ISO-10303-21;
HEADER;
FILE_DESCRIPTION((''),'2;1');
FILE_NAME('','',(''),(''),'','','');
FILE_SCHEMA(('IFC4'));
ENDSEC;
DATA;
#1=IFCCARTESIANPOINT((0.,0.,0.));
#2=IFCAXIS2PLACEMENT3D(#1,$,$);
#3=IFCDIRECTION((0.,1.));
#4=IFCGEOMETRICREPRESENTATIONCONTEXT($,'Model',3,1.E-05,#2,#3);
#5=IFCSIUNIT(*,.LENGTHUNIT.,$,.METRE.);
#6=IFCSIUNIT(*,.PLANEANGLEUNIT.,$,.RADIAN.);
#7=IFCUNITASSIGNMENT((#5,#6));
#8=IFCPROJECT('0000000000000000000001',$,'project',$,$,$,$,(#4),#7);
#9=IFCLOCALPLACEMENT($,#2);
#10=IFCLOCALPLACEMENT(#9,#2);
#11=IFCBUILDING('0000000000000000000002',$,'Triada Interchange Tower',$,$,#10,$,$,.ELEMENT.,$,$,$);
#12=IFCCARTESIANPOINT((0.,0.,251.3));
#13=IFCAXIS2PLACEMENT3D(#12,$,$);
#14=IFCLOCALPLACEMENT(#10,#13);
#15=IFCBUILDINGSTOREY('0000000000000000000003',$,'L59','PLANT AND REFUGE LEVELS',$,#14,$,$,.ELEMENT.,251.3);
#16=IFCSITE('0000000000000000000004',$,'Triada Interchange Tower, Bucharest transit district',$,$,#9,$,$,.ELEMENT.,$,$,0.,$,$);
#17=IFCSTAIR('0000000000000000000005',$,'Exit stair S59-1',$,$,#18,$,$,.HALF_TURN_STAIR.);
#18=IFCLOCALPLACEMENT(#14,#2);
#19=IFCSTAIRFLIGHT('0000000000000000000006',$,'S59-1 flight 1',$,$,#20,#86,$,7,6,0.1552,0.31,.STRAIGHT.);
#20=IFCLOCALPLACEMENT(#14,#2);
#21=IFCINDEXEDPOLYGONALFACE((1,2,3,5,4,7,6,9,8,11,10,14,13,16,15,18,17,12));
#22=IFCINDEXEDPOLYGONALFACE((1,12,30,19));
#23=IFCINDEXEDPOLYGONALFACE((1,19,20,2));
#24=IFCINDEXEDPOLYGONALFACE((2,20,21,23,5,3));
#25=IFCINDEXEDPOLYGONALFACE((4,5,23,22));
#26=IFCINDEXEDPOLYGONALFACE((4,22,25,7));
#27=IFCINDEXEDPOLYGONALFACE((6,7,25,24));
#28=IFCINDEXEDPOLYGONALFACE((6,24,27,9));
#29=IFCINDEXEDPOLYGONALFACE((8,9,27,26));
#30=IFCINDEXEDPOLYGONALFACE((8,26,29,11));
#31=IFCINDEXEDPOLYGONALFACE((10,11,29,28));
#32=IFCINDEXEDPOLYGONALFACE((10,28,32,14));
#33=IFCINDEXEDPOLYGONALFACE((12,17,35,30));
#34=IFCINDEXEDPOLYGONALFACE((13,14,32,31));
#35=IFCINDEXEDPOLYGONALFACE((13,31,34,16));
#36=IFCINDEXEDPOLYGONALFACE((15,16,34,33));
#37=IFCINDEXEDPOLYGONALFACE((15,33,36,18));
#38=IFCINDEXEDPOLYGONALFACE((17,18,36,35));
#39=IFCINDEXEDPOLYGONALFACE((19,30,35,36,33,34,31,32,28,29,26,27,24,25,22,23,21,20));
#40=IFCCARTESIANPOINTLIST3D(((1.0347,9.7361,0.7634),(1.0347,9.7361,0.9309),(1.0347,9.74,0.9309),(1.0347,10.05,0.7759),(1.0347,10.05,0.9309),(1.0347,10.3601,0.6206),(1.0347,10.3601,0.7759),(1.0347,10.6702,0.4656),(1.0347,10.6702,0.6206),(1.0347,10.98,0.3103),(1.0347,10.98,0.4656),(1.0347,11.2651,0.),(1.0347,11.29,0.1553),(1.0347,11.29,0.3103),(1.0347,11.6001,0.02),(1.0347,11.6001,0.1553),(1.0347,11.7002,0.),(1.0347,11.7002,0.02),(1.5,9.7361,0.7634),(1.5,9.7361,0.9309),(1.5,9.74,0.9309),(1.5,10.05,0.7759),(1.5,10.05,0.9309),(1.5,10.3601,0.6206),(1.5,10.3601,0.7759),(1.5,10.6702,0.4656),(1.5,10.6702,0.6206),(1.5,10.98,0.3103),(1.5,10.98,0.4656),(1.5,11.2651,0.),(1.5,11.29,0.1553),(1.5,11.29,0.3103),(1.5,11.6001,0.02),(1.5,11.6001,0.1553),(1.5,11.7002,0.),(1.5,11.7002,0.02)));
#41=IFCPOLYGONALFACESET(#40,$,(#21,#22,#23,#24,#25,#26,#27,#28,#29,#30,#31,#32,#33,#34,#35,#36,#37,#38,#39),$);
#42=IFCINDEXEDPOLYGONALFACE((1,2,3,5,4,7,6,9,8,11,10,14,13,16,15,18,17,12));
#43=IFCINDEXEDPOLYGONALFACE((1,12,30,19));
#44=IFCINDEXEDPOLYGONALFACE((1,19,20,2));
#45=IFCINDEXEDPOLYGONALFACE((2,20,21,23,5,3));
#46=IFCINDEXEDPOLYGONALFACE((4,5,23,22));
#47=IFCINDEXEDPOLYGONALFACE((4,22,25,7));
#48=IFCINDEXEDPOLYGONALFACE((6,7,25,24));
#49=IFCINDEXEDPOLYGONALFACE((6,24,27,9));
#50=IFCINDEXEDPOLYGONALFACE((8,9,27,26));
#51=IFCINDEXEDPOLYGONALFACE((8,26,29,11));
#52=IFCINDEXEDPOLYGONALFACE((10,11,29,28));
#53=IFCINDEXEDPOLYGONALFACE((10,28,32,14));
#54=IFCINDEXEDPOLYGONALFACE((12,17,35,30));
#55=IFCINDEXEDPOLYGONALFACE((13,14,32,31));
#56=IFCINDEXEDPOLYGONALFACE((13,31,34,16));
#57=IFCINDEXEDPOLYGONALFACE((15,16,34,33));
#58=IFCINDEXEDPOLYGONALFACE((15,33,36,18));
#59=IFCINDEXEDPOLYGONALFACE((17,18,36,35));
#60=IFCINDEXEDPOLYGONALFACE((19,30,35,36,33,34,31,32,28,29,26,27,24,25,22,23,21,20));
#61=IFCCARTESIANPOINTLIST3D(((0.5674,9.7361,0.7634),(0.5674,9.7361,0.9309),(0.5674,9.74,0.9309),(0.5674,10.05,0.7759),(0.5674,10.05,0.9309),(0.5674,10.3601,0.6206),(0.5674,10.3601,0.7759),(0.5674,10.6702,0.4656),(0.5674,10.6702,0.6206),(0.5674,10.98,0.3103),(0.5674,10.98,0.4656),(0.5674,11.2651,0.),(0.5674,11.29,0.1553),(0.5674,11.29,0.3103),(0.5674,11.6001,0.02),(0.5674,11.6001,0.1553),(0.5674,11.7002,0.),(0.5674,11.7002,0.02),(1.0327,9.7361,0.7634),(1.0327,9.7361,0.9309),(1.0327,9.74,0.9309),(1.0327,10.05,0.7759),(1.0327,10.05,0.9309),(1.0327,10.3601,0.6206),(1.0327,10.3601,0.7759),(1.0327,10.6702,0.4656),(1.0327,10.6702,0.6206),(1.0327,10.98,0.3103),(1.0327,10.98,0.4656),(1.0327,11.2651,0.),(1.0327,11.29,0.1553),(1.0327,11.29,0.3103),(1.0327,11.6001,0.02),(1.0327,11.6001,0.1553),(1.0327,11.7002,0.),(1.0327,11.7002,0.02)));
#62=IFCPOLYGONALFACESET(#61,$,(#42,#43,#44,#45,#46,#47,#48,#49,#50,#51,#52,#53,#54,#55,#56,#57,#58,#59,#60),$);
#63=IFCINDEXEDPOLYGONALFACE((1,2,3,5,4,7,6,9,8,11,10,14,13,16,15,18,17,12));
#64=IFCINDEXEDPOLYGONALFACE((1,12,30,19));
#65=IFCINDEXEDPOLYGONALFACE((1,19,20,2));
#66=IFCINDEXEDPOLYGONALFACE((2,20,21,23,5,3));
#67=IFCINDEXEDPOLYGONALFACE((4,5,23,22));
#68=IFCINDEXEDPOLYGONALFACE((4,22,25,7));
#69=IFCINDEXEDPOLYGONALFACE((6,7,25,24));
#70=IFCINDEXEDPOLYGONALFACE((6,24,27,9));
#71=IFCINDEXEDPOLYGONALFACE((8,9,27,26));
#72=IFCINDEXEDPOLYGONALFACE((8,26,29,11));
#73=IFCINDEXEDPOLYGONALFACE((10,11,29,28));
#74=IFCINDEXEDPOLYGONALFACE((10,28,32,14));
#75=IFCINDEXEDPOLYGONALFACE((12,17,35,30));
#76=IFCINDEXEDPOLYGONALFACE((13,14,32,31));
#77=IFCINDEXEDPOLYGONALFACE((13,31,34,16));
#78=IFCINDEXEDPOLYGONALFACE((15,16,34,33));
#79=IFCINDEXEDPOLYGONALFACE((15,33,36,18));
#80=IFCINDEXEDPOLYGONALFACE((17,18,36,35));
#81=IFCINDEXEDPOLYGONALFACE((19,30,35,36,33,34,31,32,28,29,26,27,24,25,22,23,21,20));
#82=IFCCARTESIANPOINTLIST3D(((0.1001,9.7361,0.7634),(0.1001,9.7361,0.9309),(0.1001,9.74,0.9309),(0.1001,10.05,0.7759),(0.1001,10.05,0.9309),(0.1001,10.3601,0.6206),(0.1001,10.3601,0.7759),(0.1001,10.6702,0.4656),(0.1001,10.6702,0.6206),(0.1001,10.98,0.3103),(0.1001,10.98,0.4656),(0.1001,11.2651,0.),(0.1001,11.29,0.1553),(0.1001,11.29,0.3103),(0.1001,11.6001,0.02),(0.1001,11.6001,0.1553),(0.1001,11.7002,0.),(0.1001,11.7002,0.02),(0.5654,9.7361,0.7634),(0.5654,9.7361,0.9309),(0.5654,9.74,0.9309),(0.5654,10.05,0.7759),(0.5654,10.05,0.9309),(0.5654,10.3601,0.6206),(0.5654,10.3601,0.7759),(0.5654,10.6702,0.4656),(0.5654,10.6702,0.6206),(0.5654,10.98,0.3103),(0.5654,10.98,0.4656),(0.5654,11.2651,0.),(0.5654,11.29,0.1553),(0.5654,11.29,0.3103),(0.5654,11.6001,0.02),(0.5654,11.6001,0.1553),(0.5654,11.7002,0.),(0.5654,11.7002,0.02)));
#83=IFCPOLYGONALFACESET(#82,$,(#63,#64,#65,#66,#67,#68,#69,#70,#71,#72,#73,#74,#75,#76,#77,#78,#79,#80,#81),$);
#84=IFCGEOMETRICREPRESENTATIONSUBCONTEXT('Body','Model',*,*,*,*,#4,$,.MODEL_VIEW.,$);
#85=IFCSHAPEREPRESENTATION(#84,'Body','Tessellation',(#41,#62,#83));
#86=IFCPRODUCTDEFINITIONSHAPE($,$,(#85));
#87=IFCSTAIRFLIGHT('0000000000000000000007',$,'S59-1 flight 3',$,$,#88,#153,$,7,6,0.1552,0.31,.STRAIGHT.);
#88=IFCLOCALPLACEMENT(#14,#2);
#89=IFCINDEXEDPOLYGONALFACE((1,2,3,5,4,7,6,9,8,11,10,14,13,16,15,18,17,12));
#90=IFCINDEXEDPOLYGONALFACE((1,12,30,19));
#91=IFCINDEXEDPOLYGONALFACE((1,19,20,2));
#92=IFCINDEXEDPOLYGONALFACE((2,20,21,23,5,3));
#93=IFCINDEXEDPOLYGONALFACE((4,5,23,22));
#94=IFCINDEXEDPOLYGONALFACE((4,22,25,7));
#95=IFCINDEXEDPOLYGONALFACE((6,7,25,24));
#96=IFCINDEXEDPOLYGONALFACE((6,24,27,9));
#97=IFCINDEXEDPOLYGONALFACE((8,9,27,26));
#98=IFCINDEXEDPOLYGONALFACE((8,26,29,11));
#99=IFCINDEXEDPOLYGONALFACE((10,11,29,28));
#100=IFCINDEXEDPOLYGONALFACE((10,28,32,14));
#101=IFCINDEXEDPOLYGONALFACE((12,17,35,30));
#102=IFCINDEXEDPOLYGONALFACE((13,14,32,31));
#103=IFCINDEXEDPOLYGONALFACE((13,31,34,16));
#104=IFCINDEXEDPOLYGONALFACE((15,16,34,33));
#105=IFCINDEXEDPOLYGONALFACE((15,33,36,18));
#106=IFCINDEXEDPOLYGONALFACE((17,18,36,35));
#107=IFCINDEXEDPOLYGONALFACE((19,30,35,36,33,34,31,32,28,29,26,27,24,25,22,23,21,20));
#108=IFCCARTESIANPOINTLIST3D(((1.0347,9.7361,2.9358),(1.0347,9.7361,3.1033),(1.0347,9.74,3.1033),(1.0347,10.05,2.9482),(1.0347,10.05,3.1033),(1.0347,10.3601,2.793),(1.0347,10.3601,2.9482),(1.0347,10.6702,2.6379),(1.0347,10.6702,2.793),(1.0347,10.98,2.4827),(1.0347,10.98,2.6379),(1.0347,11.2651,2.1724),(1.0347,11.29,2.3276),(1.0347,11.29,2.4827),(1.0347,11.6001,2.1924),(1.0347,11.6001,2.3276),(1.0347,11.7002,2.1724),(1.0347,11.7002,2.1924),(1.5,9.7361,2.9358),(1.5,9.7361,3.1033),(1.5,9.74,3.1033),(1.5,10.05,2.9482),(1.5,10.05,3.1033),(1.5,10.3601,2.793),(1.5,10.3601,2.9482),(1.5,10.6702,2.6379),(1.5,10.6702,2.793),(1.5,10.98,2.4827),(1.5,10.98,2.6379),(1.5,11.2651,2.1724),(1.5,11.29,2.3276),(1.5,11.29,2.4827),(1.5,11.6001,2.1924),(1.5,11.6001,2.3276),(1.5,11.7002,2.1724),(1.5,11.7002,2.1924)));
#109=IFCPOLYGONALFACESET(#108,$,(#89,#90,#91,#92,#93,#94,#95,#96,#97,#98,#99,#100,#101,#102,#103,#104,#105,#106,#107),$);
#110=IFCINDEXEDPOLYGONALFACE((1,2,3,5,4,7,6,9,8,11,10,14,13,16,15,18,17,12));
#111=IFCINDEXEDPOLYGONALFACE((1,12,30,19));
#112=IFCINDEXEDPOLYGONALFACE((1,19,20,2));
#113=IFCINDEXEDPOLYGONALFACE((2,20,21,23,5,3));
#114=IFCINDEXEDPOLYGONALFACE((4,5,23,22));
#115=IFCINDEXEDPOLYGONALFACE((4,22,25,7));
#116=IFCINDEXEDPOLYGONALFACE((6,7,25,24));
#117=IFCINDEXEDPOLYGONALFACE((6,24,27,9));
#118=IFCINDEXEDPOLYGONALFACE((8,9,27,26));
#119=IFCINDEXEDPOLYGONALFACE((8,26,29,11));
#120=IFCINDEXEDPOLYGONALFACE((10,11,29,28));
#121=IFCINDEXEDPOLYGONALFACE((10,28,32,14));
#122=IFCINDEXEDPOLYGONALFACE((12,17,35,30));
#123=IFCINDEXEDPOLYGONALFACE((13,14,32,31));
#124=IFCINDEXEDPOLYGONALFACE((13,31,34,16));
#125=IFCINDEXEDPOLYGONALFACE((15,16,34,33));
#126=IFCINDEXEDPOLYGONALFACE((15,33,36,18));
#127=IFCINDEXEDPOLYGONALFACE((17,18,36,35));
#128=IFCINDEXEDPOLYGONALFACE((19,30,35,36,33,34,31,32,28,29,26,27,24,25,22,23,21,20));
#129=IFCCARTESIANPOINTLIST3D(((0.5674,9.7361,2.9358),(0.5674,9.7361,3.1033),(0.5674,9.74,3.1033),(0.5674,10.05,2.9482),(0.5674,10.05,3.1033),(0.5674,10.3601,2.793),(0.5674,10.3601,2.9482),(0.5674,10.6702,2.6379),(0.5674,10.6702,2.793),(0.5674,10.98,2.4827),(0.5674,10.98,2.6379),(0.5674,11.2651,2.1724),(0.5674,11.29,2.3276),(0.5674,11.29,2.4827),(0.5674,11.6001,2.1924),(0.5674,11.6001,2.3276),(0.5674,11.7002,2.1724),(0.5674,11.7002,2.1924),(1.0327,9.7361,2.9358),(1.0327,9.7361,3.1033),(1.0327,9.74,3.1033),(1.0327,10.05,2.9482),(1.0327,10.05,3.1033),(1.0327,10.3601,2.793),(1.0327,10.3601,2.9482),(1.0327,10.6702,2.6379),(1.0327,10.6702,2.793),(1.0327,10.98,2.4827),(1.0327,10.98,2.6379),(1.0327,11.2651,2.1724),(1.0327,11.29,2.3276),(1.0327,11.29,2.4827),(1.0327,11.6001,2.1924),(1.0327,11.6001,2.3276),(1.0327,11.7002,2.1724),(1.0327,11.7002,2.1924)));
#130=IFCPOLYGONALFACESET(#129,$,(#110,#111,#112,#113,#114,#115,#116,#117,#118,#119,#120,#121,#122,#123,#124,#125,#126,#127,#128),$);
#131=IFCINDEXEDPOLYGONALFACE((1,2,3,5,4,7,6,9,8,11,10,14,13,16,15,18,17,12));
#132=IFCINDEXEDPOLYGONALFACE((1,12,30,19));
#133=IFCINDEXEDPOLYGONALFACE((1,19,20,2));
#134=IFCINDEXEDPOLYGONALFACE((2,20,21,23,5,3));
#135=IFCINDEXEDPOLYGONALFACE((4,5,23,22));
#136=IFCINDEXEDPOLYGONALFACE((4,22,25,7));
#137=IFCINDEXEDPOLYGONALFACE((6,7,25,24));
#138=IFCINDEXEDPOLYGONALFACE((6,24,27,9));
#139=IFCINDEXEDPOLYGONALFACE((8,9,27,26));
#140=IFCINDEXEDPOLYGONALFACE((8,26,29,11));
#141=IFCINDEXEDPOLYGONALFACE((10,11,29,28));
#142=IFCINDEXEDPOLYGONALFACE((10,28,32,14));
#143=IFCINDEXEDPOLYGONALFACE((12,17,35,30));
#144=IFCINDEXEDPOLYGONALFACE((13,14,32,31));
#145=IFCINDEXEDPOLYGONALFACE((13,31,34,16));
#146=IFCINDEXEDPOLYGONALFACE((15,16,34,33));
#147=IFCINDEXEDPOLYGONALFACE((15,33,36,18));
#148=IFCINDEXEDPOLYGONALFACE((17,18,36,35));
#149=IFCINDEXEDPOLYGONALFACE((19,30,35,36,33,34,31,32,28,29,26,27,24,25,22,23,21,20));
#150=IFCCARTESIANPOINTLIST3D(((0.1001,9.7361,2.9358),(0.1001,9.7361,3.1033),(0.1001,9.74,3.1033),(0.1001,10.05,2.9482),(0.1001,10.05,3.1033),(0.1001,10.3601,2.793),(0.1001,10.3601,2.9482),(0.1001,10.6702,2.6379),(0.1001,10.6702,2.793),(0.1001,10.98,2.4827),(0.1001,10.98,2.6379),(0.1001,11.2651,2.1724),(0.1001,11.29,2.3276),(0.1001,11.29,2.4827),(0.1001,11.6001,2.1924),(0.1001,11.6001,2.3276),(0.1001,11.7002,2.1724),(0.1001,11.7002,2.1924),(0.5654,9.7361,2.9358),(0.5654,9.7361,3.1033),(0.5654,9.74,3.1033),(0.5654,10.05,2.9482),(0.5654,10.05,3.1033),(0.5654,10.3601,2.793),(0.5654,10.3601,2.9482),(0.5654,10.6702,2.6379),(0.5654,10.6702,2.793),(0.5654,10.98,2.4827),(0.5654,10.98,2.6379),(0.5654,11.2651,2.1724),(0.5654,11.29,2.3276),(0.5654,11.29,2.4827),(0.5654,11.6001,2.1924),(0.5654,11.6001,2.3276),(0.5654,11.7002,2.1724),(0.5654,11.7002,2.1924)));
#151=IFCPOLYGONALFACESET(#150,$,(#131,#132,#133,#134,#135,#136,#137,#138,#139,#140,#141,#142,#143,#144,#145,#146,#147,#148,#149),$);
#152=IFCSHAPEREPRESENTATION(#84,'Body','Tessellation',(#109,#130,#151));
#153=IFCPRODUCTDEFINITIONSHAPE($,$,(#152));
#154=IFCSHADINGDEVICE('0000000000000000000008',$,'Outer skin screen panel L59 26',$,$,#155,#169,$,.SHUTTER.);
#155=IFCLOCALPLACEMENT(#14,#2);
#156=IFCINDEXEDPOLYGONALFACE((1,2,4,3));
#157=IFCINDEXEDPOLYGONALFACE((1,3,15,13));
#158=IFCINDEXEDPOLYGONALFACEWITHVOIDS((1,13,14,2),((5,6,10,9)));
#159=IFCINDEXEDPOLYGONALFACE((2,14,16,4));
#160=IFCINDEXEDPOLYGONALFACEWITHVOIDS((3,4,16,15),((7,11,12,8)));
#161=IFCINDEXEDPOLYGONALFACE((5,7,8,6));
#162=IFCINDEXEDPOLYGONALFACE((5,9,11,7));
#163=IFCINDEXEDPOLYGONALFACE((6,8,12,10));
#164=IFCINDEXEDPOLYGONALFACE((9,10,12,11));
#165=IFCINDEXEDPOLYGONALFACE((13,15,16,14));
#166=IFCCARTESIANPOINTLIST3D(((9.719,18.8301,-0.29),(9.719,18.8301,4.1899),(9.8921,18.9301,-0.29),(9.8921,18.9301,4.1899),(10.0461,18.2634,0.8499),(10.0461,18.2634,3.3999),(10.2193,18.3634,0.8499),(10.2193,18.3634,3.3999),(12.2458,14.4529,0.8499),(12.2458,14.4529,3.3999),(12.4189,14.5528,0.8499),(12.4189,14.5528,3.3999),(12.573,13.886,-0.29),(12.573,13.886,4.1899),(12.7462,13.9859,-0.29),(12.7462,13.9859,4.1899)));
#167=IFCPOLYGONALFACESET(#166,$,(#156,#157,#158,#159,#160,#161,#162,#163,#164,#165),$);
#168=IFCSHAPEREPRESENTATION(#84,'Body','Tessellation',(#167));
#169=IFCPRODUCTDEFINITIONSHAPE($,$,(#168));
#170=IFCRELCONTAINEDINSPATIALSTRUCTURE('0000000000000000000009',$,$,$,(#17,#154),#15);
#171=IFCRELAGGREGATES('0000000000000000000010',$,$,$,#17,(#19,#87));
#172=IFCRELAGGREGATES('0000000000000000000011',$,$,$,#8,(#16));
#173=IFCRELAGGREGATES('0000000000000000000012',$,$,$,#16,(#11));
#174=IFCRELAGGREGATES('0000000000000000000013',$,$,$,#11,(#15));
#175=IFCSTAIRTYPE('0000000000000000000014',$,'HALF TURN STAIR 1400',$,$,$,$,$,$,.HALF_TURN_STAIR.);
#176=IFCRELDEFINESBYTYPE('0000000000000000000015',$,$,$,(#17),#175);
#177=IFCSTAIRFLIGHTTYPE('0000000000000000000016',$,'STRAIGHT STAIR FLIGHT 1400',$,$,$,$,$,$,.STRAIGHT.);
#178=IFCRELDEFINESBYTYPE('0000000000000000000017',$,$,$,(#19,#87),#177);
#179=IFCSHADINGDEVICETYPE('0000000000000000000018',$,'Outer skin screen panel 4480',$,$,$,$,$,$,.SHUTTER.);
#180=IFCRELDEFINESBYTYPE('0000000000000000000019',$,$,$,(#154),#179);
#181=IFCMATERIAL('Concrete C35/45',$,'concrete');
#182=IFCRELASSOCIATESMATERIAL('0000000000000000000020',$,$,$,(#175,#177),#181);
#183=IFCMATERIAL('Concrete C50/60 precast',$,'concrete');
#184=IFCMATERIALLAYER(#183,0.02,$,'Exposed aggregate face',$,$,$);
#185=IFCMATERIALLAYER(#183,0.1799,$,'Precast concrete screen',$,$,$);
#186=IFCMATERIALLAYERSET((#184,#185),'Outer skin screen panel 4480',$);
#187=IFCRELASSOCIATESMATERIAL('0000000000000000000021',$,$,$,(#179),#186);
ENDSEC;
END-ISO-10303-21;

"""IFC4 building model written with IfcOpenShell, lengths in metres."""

from ifc_helpers import new_model, si_unit, direction, frame, origin, place, context, subcontext, project, spatial, polyline, outline, extrude, material, layer, layer_set, type_object, element, aggregate, save


model = new_model("IFC4")

# Units and contexts
model_context = context("Model", 3, precision=1e-05, world=origin(), true_north=direction((0.0, 1.0)))
body_context = subcontext(model_context, "Body", "Model", "MODEL_VIEW")
ifc_project = project(units=[si_unit("LENGTHUNIT", "METRE"), si_unit("PLANEANGLEUNIT", "RADIAN")], contexts=[model_context])

# Site, building, storey
site_placement = place(None, origin())
site = spatial("IfcSite", under=ifc_project, at=site_placement, Name="Triada Interchange Tower, Bucharest transit district", CompositionType="ELEMENT", RefElevation=0.0)
building_placement = place(site_placement, origin())
building = spatial("IfcBuilding", under=site, at=building_placement, Name="Triada Interchange Tower", CompositionType="ELEMENT")
storey_placement = place(building_placement, frame((0.0, 0.0, 251.3)))
storey = spatial("IfcBuildingStorey", under=building, at=storey_placement, Name="L59", Description="PLANT AND REFUGE LEVELS", CompositionType="ELEMENT", Elevation=251.3)

# Shared definitions
ifc_material_1 = material(Name="Concrete C35/45", Category="concrete")

# Stair, stair flights
stair_type = type_object("IfcStairType", Name="HALF TURN STAIR 1400", PredefinedType="HALF_TURN_STAIR", material=ifc_material_1)
stair_placement = place(storey_placement, origin())
stair = element("IfcStair", 1, at=stair_placement, inside=storey, type_object=stair_type, Name="Exit stair S59-1", PredefinedType="HALF_TURN_STAIR")
stair_flight_type = type_object("IfcStairFlightType", Name="STRAIGHT STAIR FLIGHT 1400", PredefinedType="STRAIGHT", material=ifc_material_1)
stair_flight_1_placement = place(storey_placement, frame((0.8, 11.6001, 0.0), z_axis=(0.0, 0.0, 1.0), x_axis=(0.0, -1.0, 0.0)))
stair_flight_1 = element("IfcStairFlight", 2, at=stair_flight_1_placement, type_object=stair_flight_type, Name="S59-1 flight 1", NumberOfRisers=7, NumberOfTreads=6, PredefinedType="STRAIGHT", RiserHeight=0.1552, TreadLength=0.31, context=body_context, shape_type="SweptSolid", body=[
    extrude(outline(polyline([(-0.1001, 0.0), (-0.1001, 0.02), (0.0, 0.02), (0.0, 0.1553), (0.3101, 0.1553), (0.3101, 0.3103), (0.6201, 0.3103), (0.6201, 0.4656), (0.9299, 0.4656), (0.9299, 0.6206), (1.24, 0.6206), (1.24, 0.7759), (1.55, 0.7759), (1.55, 0.9309), (1.8601, 0.9309), (1.864, 0.9309), (1.864, 1.0862), (1.864, 0.7634), (0.335, 0.0), (-0.1001, 0.0)])), frame((0.0, 0.7, 0.0), z_axis=(0.0, -1.0, 0.0), x_axis=(1.0, 0.0, 0.0)), (0.0, 0.0, 1.0), 0.4653),
    extrude(outline(polyline([(-0.1001, 0.0), (-0.1001, 0.02), (0.0, 0.02), (0.0, 0.1553), (0.3101, 0.1553), (0.3101, 0.3103), (0.6201, 0.3103), (0.6201, 0.4656), (0.9299, 0.4656), (0.9299, 0.6206), (1.24, 0.6206), (1.24, 0.7759), (1.55, 0.7759), (1.55, 0.9309), (1.8601, 0.9309), (1.864, 0.9309), (1.864, 1.0862), (1.864, 0.7634), (0.335, 0.0), (-0.1001, 0.0)])), frame((0.0, 0.2327, 0.0), z_axis=(0.0, -1.0, 0.0), x_axis=(1.0, 0.0, 0.0)), (0.0, 0.0, 1.0), 0.4653),
    extrude(outline(polyline([(-0.1001, 0.0), (-0.1001, 0.02), (0.0, 0.02), (0.0, 0.1553), (0.3101, 0.1553), (0.3101, 0.3103), (0.6201, 0.3103), (0.6201, 0.4656), (0.9299, 0.4656), (0.9299, 0.6206), (1.24, 0.6206), (1.24, 0.7759), (1.55, 0.7759), (1.55, 0.9309), (1.8601, 0.9309), (1.864, 0.9309), (1.864, 1.0862), (1.864, 0.7634), (0.335, 0.0), (-0.1001, 0.0)])), frame((0.0, -0.2346, 0.0), z_axis=(0.0, -1.0, 0.0), x_axis=(1.0, 0.0, 0.0)), (0.0, 0.0, 1.0), 0.4653),
])
stair_flight_2_placement = place(storey_placement, frame((0.8, 11.6001, 2.1724), z_axis=(0.0, 0.0, 1.0), x_axis=(0.0, -1.0, 0.0)))
stair_flight_2 = element("IfcStairFlight", 3, at=stair_flight_2_placement, type_object=stair_flight_type, Name="S59-1 flight 3", NumberOfRisers=7, NumberOfTreads=6, PredefinedType="STRAIGHT", RiserHeight=0.1552, TreadLength=0.31, context=body_context, shape_type="SweptSolid", body=[
    extrude(outline(polyline([(-0.1001, 0.0), (-0.1001, 0.02), (0.0, 0.02), (0.0, 0.1553), (0.3101, 0.1553), (0.3101, 0.3103), (0.6201, 0.3103), (0.6201, 0.4656), (0.9299, 0.4656), (0.9299, 0.6206), (1.24, 0.6206), (1.24, 0.7759), (1.55, 0.7759), (1.55, 0.9309), (1.8601, 0.9309), (1.864, 0.9309), (1.864, 1.0862), (1.864, 0.7634), (0.335, 0.0), (-0.1001, 0.0)])), frame((0.0, 0.7, 0.0), z_axis=(0.0, -1.0, 0.0), x_axis=(1.0, 0.0, 0.0)), (0.0, 0.0, 1.0), 0.4653),
    extrude(outline(polyline([(-0.1001, 0.0), (-0.1001, 0.02), (0.0, 0.02), (0.0, 0.1553), (0.3101, 0.1553), (0.3101, 0.3103), (0.6201, 0.3103), (0.6201, 0.4656), (0.9299, 0.4656), (0.9299, 0.6206), (1.24, 0.6206), (1.24, 0.7759), (1.55, 0.7759), (1.55, 0.9309), (1.8601, 0.9309), (1.864, 0.9309), (1.864, 1.0862), (1.864, 0.7634), (0.335, 0.0), (-0.1001, 0.0)])), frame((0.0, 0.2327, 0.0), z_axis=(0.0, -1.0, 0.0), x_axis=(1.0, 0.0, 0.0)), (0.0, 0.0, 1.0), 0.4653),
    extrude(outline(polyline([(-0.1001, 0.0), (-0.1001, 0.02), (0.0, 0.02), (0.0, 0.1553), (0.3101, 0.1553), (0.3101, 0.3103), (0.6201, 0.3103), (0.6201, 0.4656), (0.9299, 0.4656), (0.9299, 0.6206), (1.24, 0.6206), (1.24, 0.7759), (1.55, 0.7759), (1.55, 0.9309), (1.8601, 0.9309), (1.864, 0.9309), (1.864, 1.0862), (1.864, 0.7634), (0.335, 0.0), (-0.1001, 0.0)])), frame((0.0, -0.2346, 0.0), z_axis=(0.0, -1.0, 0.0), x_axis=(1.0, 0.0, 0.0)), (0.0, 0.0, 1.0), 0.4653),
])

# Shading device
ifc_material_2 = material(Name="Concrete C50/60 precast", Category="concrete")
ifc_layer_1 = layer(ifc_material_2, 0.02, Name="Exposed aggregate face")
ifc_layer_2 = layer(ifc_material_2, 0.1799, Name="Precast concrete screen")
ifc_layer_set_1 = layer_set([ifc_layer_1, ifc_layer_2], Name="Outer skin screen panel 4480")
shading_device_type = type_object("IfcShadingDeviceType", Name="Outer skin screen panel 4480", PredefinedType="SHUTTER", material=ifc_layer_set_1)
shading_device_placement = place(storey_placement, frame((12.573, 13.886, -0.29), z_axis=(0.0, 0.0, 1.0), x_axis=(-0.499938, 0.866061, 0.0)))
element("IfcShadingDevice", 4, at=shading_device_placement, inside=storey, type_object=shading_device_type, Name="Outer skin screen panel L59 26", PredefinedType="SHUTTER", context=body_context, shape_type="SweptSolid", body=[
    extrude(outline(polyline([(0.0, 0.0), (5.7087, 0.0), (5.7087, 4.48), (0.0, 4.48), (0.0, 0.0)]), holes=[polyline([(0.6545, 1.1399), (0.6545, 3.6899), (5.0544, 3.6899), (5.0544, 1.1399), (0.6545, 1.1399)])]), frame((0.0, 0.0, 0.0), z_axis=(0.0, -1.0, 0.0), x_axis=(1.0, 0.0, 0.0)), (0.0, 0.0, 1.0), 0.2),
])

aggregate(stair, [stair_flight_1, stair_flight_2])

save(model, "model.ifc")
